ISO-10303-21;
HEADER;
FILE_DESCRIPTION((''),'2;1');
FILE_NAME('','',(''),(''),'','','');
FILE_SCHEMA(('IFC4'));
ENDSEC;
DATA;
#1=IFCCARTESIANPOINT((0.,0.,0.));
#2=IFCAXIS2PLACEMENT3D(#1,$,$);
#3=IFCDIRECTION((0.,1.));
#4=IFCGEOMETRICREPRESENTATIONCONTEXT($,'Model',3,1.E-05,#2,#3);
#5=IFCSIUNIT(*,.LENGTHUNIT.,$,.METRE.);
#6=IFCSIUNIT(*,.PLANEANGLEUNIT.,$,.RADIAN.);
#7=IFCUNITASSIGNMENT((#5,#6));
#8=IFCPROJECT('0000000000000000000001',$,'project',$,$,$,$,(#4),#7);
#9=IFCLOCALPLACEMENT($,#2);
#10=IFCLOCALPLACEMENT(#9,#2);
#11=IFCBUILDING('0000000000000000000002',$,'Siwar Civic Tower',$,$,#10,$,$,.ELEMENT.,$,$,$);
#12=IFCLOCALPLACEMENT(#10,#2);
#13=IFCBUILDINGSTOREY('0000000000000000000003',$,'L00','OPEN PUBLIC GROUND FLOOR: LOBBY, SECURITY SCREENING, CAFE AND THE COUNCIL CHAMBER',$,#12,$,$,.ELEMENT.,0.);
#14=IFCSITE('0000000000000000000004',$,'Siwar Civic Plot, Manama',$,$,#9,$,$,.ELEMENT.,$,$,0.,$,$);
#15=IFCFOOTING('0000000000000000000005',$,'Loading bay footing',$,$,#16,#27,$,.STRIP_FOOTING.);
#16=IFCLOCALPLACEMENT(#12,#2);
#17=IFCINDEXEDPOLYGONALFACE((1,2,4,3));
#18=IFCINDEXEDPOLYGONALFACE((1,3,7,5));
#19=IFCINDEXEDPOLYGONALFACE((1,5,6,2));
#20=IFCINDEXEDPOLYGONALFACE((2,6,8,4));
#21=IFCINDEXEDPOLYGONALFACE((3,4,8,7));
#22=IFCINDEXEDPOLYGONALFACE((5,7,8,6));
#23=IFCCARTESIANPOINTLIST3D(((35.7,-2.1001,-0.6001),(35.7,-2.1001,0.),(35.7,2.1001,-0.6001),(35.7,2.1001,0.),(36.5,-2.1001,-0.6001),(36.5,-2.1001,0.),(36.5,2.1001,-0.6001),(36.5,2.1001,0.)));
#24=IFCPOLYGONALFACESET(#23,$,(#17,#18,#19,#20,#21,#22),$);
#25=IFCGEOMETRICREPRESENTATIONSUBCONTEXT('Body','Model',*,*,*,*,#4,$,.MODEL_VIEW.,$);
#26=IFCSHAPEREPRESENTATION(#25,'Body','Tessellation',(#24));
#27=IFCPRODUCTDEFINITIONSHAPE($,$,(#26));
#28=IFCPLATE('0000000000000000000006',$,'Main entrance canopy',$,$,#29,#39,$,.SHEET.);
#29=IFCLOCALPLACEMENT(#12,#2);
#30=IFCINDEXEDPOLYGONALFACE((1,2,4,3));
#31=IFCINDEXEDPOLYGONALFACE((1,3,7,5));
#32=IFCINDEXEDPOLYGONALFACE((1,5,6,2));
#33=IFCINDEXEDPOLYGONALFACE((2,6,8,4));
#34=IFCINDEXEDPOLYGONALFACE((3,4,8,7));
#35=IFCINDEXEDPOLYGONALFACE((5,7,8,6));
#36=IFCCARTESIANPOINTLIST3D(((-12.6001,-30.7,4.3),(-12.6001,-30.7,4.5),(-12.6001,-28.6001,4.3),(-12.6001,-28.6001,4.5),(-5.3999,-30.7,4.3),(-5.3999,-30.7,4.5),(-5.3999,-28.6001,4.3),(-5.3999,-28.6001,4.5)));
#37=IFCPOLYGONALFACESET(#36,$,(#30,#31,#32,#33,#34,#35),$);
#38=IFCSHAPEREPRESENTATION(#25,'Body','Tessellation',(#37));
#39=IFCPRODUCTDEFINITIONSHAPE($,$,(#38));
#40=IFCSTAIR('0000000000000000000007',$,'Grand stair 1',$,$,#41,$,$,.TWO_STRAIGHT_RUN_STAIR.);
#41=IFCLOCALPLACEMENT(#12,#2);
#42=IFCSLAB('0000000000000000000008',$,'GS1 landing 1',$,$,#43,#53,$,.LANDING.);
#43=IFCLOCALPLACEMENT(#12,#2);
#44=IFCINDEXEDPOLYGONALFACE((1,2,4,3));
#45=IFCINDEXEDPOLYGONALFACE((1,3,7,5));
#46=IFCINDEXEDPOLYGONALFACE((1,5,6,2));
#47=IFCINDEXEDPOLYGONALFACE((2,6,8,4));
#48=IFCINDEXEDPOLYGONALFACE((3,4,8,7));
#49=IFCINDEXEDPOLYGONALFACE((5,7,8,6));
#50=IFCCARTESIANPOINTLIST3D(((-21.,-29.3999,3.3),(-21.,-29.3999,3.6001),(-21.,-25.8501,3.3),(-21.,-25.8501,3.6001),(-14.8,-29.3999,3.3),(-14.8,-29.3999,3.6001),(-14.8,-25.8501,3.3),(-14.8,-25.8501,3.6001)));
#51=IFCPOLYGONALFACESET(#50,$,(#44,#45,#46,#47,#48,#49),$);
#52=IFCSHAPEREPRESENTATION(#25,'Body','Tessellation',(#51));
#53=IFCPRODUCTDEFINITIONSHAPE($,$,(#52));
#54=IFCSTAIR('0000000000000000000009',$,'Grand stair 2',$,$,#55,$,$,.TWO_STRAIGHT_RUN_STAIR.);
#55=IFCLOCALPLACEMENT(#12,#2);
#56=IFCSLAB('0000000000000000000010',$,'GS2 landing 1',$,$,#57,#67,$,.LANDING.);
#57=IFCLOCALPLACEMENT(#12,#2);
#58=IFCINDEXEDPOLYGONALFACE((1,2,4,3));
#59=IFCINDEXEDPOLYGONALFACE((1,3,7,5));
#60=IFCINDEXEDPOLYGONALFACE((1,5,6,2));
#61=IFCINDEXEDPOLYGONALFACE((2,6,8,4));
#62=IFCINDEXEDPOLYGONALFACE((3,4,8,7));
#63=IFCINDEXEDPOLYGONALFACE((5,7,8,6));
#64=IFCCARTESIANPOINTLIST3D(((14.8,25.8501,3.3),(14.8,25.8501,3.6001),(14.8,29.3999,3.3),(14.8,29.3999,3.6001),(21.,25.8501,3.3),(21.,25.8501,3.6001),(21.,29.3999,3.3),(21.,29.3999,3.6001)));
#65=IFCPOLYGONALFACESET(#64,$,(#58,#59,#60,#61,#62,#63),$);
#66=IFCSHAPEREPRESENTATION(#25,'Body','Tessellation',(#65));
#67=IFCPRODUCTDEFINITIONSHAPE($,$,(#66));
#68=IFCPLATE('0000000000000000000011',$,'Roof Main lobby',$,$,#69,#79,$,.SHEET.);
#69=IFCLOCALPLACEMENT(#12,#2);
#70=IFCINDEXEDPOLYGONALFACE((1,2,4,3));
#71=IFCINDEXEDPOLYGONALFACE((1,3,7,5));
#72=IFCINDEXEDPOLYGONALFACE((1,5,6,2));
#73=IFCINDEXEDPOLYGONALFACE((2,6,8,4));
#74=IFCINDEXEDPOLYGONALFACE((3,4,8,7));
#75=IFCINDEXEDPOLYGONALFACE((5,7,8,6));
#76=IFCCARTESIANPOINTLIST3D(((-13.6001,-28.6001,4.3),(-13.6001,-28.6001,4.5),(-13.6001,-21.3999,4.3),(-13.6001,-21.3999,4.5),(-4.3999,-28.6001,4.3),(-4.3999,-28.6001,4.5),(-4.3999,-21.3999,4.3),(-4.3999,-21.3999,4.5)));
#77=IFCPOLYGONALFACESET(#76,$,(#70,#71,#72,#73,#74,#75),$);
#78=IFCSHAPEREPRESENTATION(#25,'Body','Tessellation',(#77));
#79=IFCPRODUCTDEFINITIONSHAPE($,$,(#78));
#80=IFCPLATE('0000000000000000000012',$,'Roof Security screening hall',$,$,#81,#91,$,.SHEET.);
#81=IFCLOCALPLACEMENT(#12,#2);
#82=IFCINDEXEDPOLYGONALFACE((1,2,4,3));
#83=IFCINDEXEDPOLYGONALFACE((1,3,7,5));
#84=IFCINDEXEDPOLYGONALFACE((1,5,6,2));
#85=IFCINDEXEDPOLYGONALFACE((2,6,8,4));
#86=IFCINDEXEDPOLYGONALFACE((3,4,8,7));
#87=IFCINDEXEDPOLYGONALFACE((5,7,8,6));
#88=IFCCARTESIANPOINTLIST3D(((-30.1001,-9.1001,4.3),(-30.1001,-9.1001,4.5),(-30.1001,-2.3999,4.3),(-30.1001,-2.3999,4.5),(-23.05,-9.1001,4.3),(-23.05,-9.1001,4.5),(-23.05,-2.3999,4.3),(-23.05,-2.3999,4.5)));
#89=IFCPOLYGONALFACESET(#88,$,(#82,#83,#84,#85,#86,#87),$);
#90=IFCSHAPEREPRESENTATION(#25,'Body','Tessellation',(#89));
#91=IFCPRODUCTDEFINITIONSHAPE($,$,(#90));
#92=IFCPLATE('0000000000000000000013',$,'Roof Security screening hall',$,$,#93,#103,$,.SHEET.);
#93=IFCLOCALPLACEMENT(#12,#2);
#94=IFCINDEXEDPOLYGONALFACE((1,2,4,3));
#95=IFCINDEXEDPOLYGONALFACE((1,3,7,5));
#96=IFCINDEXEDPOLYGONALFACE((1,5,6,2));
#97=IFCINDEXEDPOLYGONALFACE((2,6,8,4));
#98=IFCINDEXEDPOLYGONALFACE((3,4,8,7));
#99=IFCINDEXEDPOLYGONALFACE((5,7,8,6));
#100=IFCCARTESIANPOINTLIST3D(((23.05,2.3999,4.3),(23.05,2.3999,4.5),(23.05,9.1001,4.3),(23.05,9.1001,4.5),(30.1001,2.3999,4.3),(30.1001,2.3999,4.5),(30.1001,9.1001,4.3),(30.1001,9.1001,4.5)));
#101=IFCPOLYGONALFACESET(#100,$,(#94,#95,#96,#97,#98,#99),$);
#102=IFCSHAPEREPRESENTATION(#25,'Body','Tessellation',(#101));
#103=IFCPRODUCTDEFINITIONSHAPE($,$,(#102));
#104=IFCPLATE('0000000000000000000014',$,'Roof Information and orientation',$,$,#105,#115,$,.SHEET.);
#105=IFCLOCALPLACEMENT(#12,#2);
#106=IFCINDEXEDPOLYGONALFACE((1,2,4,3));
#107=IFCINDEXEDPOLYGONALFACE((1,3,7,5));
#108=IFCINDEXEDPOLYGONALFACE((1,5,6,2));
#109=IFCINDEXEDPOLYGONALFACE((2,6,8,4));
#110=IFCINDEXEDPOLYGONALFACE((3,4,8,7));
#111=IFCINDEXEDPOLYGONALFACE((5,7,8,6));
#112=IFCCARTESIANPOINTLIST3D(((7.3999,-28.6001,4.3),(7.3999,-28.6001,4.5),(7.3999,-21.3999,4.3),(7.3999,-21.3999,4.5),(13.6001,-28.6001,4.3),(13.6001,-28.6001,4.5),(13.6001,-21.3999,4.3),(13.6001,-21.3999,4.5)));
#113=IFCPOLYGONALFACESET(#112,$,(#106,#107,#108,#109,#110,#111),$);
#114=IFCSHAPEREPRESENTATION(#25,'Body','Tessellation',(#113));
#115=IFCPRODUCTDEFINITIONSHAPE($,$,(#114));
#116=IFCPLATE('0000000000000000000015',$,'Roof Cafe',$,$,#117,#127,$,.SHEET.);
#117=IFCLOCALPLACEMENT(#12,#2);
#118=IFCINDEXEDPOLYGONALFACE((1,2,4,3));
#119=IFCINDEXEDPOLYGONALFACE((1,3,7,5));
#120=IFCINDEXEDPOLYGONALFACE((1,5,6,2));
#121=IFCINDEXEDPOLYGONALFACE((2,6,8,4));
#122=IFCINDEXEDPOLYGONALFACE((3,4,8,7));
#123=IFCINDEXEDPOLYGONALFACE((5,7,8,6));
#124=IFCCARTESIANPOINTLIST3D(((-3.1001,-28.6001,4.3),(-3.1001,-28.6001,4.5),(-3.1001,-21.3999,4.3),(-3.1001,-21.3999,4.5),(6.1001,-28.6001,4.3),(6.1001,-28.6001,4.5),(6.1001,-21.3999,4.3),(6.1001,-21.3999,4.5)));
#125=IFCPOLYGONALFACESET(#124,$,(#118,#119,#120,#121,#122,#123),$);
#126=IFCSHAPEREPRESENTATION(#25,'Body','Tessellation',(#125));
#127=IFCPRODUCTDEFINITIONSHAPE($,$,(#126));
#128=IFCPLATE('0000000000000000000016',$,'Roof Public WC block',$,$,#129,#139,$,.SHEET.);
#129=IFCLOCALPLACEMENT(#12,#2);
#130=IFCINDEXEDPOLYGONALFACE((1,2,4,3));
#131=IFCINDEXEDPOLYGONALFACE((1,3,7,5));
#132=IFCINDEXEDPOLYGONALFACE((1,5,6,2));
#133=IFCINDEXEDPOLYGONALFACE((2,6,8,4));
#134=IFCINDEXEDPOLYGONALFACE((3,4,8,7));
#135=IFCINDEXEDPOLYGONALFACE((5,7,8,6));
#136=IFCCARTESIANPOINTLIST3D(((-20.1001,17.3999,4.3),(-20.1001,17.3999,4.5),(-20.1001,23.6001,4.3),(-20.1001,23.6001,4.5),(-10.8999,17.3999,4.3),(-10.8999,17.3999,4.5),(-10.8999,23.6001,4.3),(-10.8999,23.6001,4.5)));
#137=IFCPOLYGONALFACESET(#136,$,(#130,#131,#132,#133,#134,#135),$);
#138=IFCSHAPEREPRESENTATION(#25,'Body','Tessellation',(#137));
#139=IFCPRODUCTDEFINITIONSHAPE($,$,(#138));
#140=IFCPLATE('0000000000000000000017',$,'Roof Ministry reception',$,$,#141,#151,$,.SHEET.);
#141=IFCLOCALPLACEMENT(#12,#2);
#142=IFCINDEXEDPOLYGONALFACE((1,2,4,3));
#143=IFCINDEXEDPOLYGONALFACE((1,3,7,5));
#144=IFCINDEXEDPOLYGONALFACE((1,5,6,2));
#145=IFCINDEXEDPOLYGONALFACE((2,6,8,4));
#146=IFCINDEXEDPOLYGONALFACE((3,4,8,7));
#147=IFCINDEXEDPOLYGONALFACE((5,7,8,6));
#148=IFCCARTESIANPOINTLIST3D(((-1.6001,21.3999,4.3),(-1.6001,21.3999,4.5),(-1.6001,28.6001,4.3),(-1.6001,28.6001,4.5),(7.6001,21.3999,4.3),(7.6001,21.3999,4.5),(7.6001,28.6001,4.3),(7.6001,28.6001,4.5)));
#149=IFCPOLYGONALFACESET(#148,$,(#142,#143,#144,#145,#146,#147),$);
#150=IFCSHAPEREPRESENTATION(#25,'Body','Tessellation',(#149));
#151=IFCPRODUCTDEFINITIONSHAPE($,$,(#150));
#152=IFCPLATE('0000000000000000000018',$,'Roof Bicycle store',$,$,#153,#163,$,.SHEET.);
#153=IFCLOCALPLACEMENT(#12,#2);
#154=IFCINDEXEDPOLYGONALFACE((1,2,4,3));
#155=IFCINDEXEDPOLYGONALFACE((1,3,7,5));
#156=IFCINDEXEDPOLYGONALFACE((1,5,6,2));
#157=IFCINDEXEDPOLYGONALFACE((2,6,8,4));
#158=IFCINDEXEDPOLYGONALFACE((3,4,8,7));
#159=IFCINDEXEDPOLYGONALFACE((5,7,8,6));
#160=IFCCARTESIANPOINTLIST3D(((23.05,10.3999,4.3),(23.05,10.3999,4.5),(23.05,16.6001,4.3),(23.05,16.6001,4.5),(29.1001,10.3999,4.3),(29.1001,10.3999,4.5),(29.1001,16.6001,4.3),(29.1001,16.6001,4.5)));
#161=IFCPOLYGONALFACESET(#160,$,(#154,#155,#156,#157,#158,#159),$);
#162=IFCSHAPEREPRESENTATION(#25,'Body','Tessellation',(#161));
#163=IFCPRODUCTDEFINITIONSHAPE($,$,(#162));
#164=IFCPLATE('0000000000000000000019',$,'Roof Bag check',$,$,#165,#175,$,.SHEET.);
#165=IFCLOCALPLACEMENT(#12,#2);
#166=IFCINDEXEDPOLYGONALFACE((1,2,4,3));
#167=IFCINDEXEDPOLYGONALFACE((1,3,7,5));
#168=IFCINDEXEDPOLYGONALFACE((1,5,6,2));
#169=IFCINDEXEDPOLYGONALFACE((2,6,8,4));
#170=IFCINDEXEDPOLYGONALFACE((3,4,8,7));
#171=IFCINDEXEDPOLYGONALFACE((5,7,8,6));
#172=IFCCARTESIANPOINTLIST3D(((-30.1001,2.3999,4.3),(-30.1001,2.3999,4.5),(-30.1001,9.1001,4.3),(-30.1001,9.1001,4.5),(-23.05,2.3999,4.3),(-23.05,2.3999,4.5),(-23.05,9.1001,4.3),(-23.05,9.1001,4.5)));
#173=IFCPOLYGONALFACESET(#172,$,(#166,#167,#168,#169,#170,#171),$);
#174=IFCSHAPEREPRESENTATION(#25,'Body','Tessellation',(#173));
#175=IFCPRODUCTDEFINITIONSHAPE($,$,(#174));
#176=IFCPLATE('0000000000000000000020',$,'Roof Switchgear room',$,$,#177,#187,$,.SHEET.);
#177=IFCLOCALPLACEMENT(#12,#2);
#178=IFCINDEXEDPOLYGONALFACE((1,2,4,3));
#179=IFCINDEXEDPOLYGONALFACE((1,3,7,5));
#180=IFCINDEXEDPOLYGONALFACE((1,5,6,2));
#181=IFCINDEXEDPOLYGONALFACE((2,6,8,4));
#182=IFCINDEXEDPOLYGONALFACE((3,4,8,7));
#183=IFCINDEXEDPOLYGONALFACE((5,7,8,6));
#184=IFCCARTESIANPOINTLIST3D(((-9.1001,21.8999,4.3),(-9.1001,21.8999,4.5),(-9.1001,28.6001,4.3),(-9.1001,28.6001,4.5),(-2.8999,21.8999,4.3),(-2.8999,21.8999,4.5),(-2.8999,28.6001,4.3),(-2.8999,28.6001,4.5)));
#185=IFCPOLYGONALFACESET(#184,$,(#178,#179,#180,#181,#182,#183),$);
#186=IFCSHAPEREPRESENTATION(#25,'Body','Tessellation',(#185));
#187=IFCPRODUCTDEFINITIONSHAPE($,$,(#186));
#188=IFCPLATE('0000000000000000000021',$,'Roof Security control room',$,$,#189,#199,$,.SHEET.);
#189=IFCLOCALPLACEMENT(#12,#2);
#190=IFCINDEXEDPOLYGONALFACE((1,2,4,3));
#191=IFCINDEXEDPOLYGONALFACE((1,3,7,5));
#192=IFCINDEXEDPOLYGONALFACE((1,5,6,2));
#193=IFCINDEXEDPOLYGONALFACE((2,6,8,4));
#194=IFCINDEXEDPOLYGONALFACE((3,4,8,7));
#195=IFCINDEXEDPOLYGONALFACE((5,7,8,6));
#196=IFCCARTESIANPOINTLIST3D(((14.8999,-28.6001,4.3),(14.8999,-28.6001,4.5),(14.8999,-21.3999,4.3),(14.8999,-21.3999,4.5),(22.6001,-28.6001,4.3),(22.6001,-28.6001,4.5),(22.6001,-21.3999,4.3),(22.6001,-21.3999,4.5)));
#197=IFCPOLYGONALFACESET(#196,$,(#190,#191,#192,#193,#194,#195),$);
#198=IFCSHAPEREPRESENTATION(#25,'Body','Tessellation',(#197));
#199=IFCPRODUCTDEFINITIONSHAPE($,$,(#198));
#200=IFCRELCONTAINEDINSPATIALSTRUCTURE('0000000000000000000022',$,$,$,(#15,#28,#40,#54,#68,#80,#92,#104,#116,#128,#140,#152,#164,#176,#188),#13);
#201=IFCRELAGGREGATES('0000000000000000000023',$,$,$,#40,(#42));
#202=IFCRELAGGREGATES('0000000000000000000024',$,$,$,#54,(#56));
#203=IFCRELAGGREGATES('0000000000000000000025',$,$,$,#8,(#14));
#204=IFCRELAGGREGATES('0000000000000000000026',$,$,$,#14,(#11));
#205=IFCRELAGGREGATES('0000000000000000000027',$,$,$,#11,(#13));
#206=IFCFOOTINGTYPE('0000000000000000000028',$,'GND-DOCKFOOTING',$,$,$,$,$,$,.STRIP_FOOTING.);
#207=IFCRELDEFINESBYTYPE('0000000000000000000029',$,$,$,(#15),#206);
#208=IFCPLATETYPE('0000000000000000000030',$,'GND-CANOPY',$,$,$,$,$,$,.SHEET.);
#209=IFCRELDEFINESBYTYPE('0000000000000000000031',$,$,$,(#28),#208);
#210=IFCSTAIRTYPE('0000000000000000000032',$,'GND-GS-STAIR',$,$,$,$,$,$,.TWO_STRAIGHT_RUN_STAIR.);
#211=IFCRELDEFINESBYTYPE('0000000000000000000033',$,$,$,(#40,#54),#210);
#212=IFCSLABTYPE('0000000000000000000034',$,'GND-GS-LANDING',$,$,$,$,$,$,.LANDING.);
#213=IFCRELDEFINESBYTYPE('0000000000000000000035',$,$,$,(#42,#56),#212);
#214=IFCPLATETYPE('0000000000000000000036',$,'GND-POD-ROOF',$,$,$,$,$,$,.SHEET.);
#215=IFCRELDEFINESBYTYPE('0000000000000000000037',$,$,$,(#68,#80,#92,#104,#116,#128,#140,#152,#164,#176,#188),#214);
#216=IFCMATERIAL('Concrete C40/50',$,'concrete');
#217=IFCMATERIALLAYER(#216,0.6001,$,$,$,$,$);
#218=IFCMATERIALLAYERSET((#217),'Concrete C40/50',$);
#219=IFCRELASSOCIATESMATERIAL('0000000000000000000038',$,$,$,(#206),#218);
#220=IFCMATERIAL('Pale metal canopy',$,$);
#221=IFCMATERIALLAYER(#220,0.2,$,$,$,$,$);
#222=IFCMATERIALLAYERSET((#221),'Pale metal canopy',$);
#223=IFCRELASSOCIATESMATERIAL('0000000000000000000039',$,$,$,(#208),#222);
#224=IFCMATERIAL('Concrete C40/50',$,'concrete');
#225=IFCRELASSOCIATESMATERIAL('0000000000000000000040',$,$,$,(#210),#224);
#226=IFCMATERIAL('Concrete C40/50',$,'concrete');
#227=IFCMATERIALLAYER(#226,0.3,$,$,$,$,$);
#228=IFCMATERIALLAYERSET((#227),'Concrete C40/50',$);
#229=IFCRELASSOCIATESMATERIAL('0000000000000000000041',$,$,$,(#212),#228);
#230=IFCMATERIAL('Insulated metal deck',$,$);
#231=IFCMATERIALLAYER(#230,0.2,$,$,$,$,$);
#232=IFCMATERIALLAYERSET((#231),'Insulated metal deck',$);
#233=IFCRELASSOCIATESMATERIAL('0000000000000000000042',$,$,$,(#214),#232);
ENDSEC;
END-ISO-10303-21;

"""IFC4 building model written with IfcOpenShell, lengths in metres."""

from ifc_helpers import new_model, si_unit, direction, frame, origin, place, context, subcontext, project, spatial, polyline, outline, extrude, material, layer, layer_set, type_object, element, aggregate, save


model = new_model("IFC4")

# Units and contexts
model_context = context("Model", 3, precision=1e-05, world=origin(), true_north=direction((0.0, 1.0)))
body_context = subcontext(model_context, "Body", "Model", "MODEL_VIEW")
ifc_project = project(units=[si_unit("LENGTHUNIT", "METRE"), si_unit("PLANEANGLEUNIT", "RADIAN")], contexts=[model_context])

# Site, building, storey
site_placement = place(None, origin())
site = spatial("IfcSite", under=ifc_project, at=site_placement, Name="Siwar Civic Plot, Manama", CompositionType="ELEMENT", RefElevation=0.0)
building_placement = place(site_placement, origin())
building = spatial("IfcBuilding", under=site, at=building_placement, Name="Siwar Civic Tower", CompositionType="ELEMENT")
storey_placement = place(building_placement, origin())
storey = spatial("IfcBuildingStorey", under=building, at=storey_placement, Name="L00", Description="OPEN PUBLIC GROUND FLOOR: LOBBY, SECURITY SCREENING, CAFE AND THE COUNCIL CHAMBER", CompositionType="ELEMENT", Elevation=0.0)

# Footing
ifc_material_1 = material(Name="Concrete C40/50", Category="concrete")
ifc_layer_1 = layer(ifc_material_1, 0.6001)
ifc_layer_set_1 = layer_set([ifc_layer_1], Name="Concrete C40/50")
footing_type = type_object("IfcFootingType", Name="GND-DOCKFOOTING", PredefinedType="STRIP_FOOTING", material=ifc_layer_set_1)
footing_placement = place(storey_placement, frame((0.0, 0.0, -0.6001)))
element("IfcFooting", 1, at=footing_placement, inside=storey, type_object=footing_type, Name="Loading bay footing", PredefinedType="STRIP_FOOTING", context=body_context, shape_type="SweptSolid", body=[
    extrude(outline(polyline([(35.7, -2.1001), (36.5, -2.1001), (36.5, 2.1001), (35.7, 2.1001), (35.7, -2.1001)])), origin(), (0.0, 0.0, 1.0), 0.6001),
])

# Plate
ifc_material_2 = material(Name="Pale metal canopy")
ifc_layer_2 = layer(ifc_material_2, 0.2)
ifc_layer_set_2 = layer_set([ifc_layer_2], Name="Pale metal canopy")
plate_type_1 = type_object("IfcPlateType", Name="GND-CANOPY", PredefinedType="SHEET", material=ifc_layer_set_2)
plate_1_placement = place(storey_placement, frame((0.0, 0.0, 4.3)))
element("IfcPlate", 2, at=plate_1_placement, inside=storey, type_object=plate_type_1, Name="Main entrance canopy", PredefinedType="SHEET", context=body_context, shape_type="SweptSolid", body=[
    extrude(outline(polyline([(-12.6001, -30.7), (-5.3999, -30.7), (-5.3999, -28.6001), (-12.6001, -28.6001), (-12.6001, -30.7)])), origin(), (0.0, 0.0, 1.0), 0.2),
])

# Stairs, slabs
ifc_material_3 = material(Name="Concrete C40/50", Category="concrete")
stair_type = type_object("IfcStairType", Name="GND-GS-STAIR", PredefinedType="TWO_STRAIGHT_RUN_STAIR", material=ifc_material_3)
stair_1_placement = place(storey_placement, origin())
stair_1 = element("IfcStair", 3, at=stair_1_placement, inside=storey, type_object=stair_type, Name="Grand stair 1", PredefinedType="TWO_STRAIGHT_RUN_STAIR")
ifc_material_4 = material(Name="Concrete C40/50", Category="concrete")
ifc_layer_3 = layer(ifc_material_4, 0.3)
ifc_layer_set_3 = layer_set([ifc_layer_3], Name="Concrete C40/50")
slab_type = type_object("IfcSlabType", Name="GND-GS-LANDING", PredefinedType="LANDING", material=ifc_layer_set_3)
slab_1_placement = place(storey_placement, frame((0.0, 0.0, 3.3)))
slab_1 = element("IfcSlab", 4, at=slab_1_placement, type_object=slab_type, Name="GS1 landing 1", PredefinedType="LANDING", context=body_context, shape_type="SweptSolid", body=[
    extrude(outline(polyline([(-21.0, -29.3999), (-14.8, -29.3999), (-14.8, -25.8501), (-21.0, -25.8501), (-21.0, -29.3999)])), origin(), (0.0, 0.0, 1.0), 0.3),
])
aggregate(stair_1, [slab_1])
stair_2_placement = place(storey_placement, origin())
stair_2 = element("IfcStair", 5, at=stair_2_placement, inside=storey, type_object=stair_type, Name="Grand stair 2", PredefinedType="TWO_STRAIGHT_RUN_STAIR")
slab_2_placement = place(storey_placement, frame((0.0, 0.0, 3.3)))
slab_2 = element("IfcSlab", 6, at=slab_2_placement, type_object=slab_type, Name="GS2 landing 1", PredefinedType="LANDING", context=body_context, shape_type="SweptSolid", body=[
    extrude(outline(polyline([(21.0, 29.3999), (14.8, 29.3999), (14.8, 25.8501), (21.0, 25.8501), (21.0, 29.3999)])), origin(), (0.0, 0.0, 1.0), 0.3),
])
aggregate(stair_2, [slab_2])

# Plates
ifc_material_5 = material(Name="Insulated metal deck")
ifc_layer_4 = layer(ifc_material_5, 0.2)
ifc_layer_set_4 = layer_set([ifc_layer_4], Name="Insulated metal deck")
plate_type_2 = type_object("IfcPlateType", Name="GND-POD-ROOF", PredefinedType="SHEET", material=ifc_layer_set_4)
plate_2_placement = place(storey_placement, frame((0.0, 0.0, 4.3)))
element("IfcPlate", 7, at=plate_2_placement, inside=storey, type_object=plate_type_2, Name="Roof Main lobby", PredefinedType="SHEET", context=body_context, shape_type="SweptSolid", body=[
    extrude(outline(polyline([(-13.6001, -28.6001), (-4.3999, -28.6001), (-4.3999, -21.3999), (-13.6001, -21.3999), (-13.6001, -28.6001)])), origin(), (0.0, 0.0, 1.0), 0.2),
])
plate_3_placement = place(storey_placement, frame((0.0, 0.0, 4.3)))
element("IfcPlate", 8, at=plate_3_placement, inside=storey, type_object=plate_type_2, Name="Roof Security screening hall", PredefinedType="SHEET", context=body_context, shape_type="SweptSolid", body=[
    extrude(outline(polyline([(-30.1001, -9.1001), (-23.05, -9.1001), (-23.05, -2.3999), (-30.1001, -2.3999), (-30.1001, -9.1001)])), origin(), (0.0, 0.0, 1.0), 0.2),
])
plate_4_placement = place(storey_placement, frame((0.0, 0.0, 4.3)))
element("IfcPlate", 9, at=plate_4_placement, inside=storey, type_object=plate_type_2, Name="Roof Security screening hall", PredefinedType="SHEET", context=body_context, shape_type="SweptSolid", body=[
    extrude(outline(polyline([(23.05, 2.3999), (30.1001, 2.3999), (30.1001, 9.1001), (23.05, 9.1001), (23.05, 2.3999)])), origin(), (0.0, 0.0, 1.0), 0.2),
])
plate_5_placement = place(storey_placement, frame((0.0, 0.0, 4.3)))
element("IfcPlate", 10, at=plate_5_placement, inside=storey, type_object=plate_type_2, Name="Roof Information and orientation", PredefinedType="SHEET", context=body_context, shape_type="SweptSolid", body=[
    extrude(outline(polyline([(7.3999, -28.6001), (13.6001, -28.6001), (13.6001, -21.3999), (7.3999, -21.3999), (7.3999, -28.6001)])), origin(), (0.0, 0.0, 1.0), 0.2),
])
plate_6_placement = place(storey_placement, frame((0.0, 0.0, 4.3)))
element("IfcPlate", 11, at=plate_6_placement, inside=storey, type_object=plate_type_2, Name="Roof Cafe", PredefinedType="SHEET", context=body_context, shape_type="SweptSolid", body=[
    extrude(outline(polyline([(-3.1001, -28.6001), (6.1001, -28.6001), (6.1001, -21.3999), (-3.1001, -21.3999), (-3.1001, -28.6001)])), origin(), (0.0, 0.0, 1.0), 0.2),
])
plate_7_placement = place(storey_placement, frame((0.0, 0.0, 4.3)))
element("IfcPlate", 12, at=plate_7_placement, inside=storey, type_object=plate_type_2, Name="Roof Public WC block", PredefinedType="SHEET", context=body_context, shape_type="SweptSolid", body=[
    extrude(outline(polyline([(-20.1001, 17.3999), (-10.8999, 17.3999), (-10.8999, 23.6001), (-20.1001, 23.6001), (-20.1001, 17.3999)])), origin(), (0.0, 0.0, 1.0), 0.2),
])
plate_8_placement = place(storey_placement, frame((0.0, 0.0, 4.3)))
element("IfcPlate", 13, at=plate_8_placement, inside=storey, type_object=plate_type_2, Name="Roof Ministry reception", PredefinedType="SHEET", context=body_context, shape_type="SweptSolid", body=[
    extrude(outline(polyline([(-1.6001, 21.3999), (7.6001, 21.3999), (7.6001, 28.6001), (-1.6001, 28.6001), (-1.6001, 21.3999)])), origin(), (0.0, 0.0, 1.0), 0.2),
])
plate_9_placement = place(storey_placement, frame((0.0, 0.0, 4.3)))
element("IfcPlate", 14, at=plate_9_placement, inside=storey, type_object=plate_type_2, Name="Roof Bicycle store", PredefinedType="SHEET", context=body_context, shape_type="SweptSolid", body=[
    extrude(outline(polyline([(23.05, 10.3999), (29.1001, 10.3999), (29.1001, 16.6001), (23.05, 16.6001), (23.05, 10.3999)])), origin(), (0.0, 0.0, 1.0), 0.2),
])
plate_10_placement = place(storey_placement, frame((0.0, 0.0, 4.3)))
element("IfcPlate", 15, at=plate_10_placement, inside=storey, type_object=plate_type_2, Name="Roof Bag check", PredefinedType="SHEET", context=body_context, shape_type="SweptSolid", body=[
    extrude(outline(polyline([(-30.1001, 2.3999), (-23.05, 2.3999), (-23.05, 9.1001), (-30.1001, 9.1001), (-30.1001, 2.3999)])), origin(), (0.0, 0.0, 1.0), 0.2),
])
plate_11_placement = place(storey_placement, frame((0.0, 0.0, 4.3)))
element("IfcPlate", 16, at=plate_11_placement, inside=storey, type_object=plate_type_2, Name="Roof Switchgear room", PredefinedType="SHEET", context=body_context, shape_type="SweptSolid", body=[
    extrude(outline(polyline([(-9.1001, 21.8999), (-2.8999, 21.8999), (-2.8999, 28.6001), (-9.1001, 28.6001), (-9.1001, 21.8999)])), origin(), (0.0, 0.0, 1.0), 0.2),
])
plate_12_placement = place(storey_placement, frame((0.0, 0.0, 4.3)))
element("IfcPlate", 17, at=plate_12_placement, inside=storey, type_object=plate_type_2, Name="Roof Security control room", PredefinedType="SHEET", context=body_context, shape_type="SweptSolid", body=[
    extrude(outline(polyline([(14.8999, -28.6001), (22.6001, -28.6001), (22.6001, -21.3999), (14.8999, -21.3999), (14.8999, -28.6001)])), origin(), (0.0, 0.0, 1.0), 0.2),
])

save(model, "model.ifc")
